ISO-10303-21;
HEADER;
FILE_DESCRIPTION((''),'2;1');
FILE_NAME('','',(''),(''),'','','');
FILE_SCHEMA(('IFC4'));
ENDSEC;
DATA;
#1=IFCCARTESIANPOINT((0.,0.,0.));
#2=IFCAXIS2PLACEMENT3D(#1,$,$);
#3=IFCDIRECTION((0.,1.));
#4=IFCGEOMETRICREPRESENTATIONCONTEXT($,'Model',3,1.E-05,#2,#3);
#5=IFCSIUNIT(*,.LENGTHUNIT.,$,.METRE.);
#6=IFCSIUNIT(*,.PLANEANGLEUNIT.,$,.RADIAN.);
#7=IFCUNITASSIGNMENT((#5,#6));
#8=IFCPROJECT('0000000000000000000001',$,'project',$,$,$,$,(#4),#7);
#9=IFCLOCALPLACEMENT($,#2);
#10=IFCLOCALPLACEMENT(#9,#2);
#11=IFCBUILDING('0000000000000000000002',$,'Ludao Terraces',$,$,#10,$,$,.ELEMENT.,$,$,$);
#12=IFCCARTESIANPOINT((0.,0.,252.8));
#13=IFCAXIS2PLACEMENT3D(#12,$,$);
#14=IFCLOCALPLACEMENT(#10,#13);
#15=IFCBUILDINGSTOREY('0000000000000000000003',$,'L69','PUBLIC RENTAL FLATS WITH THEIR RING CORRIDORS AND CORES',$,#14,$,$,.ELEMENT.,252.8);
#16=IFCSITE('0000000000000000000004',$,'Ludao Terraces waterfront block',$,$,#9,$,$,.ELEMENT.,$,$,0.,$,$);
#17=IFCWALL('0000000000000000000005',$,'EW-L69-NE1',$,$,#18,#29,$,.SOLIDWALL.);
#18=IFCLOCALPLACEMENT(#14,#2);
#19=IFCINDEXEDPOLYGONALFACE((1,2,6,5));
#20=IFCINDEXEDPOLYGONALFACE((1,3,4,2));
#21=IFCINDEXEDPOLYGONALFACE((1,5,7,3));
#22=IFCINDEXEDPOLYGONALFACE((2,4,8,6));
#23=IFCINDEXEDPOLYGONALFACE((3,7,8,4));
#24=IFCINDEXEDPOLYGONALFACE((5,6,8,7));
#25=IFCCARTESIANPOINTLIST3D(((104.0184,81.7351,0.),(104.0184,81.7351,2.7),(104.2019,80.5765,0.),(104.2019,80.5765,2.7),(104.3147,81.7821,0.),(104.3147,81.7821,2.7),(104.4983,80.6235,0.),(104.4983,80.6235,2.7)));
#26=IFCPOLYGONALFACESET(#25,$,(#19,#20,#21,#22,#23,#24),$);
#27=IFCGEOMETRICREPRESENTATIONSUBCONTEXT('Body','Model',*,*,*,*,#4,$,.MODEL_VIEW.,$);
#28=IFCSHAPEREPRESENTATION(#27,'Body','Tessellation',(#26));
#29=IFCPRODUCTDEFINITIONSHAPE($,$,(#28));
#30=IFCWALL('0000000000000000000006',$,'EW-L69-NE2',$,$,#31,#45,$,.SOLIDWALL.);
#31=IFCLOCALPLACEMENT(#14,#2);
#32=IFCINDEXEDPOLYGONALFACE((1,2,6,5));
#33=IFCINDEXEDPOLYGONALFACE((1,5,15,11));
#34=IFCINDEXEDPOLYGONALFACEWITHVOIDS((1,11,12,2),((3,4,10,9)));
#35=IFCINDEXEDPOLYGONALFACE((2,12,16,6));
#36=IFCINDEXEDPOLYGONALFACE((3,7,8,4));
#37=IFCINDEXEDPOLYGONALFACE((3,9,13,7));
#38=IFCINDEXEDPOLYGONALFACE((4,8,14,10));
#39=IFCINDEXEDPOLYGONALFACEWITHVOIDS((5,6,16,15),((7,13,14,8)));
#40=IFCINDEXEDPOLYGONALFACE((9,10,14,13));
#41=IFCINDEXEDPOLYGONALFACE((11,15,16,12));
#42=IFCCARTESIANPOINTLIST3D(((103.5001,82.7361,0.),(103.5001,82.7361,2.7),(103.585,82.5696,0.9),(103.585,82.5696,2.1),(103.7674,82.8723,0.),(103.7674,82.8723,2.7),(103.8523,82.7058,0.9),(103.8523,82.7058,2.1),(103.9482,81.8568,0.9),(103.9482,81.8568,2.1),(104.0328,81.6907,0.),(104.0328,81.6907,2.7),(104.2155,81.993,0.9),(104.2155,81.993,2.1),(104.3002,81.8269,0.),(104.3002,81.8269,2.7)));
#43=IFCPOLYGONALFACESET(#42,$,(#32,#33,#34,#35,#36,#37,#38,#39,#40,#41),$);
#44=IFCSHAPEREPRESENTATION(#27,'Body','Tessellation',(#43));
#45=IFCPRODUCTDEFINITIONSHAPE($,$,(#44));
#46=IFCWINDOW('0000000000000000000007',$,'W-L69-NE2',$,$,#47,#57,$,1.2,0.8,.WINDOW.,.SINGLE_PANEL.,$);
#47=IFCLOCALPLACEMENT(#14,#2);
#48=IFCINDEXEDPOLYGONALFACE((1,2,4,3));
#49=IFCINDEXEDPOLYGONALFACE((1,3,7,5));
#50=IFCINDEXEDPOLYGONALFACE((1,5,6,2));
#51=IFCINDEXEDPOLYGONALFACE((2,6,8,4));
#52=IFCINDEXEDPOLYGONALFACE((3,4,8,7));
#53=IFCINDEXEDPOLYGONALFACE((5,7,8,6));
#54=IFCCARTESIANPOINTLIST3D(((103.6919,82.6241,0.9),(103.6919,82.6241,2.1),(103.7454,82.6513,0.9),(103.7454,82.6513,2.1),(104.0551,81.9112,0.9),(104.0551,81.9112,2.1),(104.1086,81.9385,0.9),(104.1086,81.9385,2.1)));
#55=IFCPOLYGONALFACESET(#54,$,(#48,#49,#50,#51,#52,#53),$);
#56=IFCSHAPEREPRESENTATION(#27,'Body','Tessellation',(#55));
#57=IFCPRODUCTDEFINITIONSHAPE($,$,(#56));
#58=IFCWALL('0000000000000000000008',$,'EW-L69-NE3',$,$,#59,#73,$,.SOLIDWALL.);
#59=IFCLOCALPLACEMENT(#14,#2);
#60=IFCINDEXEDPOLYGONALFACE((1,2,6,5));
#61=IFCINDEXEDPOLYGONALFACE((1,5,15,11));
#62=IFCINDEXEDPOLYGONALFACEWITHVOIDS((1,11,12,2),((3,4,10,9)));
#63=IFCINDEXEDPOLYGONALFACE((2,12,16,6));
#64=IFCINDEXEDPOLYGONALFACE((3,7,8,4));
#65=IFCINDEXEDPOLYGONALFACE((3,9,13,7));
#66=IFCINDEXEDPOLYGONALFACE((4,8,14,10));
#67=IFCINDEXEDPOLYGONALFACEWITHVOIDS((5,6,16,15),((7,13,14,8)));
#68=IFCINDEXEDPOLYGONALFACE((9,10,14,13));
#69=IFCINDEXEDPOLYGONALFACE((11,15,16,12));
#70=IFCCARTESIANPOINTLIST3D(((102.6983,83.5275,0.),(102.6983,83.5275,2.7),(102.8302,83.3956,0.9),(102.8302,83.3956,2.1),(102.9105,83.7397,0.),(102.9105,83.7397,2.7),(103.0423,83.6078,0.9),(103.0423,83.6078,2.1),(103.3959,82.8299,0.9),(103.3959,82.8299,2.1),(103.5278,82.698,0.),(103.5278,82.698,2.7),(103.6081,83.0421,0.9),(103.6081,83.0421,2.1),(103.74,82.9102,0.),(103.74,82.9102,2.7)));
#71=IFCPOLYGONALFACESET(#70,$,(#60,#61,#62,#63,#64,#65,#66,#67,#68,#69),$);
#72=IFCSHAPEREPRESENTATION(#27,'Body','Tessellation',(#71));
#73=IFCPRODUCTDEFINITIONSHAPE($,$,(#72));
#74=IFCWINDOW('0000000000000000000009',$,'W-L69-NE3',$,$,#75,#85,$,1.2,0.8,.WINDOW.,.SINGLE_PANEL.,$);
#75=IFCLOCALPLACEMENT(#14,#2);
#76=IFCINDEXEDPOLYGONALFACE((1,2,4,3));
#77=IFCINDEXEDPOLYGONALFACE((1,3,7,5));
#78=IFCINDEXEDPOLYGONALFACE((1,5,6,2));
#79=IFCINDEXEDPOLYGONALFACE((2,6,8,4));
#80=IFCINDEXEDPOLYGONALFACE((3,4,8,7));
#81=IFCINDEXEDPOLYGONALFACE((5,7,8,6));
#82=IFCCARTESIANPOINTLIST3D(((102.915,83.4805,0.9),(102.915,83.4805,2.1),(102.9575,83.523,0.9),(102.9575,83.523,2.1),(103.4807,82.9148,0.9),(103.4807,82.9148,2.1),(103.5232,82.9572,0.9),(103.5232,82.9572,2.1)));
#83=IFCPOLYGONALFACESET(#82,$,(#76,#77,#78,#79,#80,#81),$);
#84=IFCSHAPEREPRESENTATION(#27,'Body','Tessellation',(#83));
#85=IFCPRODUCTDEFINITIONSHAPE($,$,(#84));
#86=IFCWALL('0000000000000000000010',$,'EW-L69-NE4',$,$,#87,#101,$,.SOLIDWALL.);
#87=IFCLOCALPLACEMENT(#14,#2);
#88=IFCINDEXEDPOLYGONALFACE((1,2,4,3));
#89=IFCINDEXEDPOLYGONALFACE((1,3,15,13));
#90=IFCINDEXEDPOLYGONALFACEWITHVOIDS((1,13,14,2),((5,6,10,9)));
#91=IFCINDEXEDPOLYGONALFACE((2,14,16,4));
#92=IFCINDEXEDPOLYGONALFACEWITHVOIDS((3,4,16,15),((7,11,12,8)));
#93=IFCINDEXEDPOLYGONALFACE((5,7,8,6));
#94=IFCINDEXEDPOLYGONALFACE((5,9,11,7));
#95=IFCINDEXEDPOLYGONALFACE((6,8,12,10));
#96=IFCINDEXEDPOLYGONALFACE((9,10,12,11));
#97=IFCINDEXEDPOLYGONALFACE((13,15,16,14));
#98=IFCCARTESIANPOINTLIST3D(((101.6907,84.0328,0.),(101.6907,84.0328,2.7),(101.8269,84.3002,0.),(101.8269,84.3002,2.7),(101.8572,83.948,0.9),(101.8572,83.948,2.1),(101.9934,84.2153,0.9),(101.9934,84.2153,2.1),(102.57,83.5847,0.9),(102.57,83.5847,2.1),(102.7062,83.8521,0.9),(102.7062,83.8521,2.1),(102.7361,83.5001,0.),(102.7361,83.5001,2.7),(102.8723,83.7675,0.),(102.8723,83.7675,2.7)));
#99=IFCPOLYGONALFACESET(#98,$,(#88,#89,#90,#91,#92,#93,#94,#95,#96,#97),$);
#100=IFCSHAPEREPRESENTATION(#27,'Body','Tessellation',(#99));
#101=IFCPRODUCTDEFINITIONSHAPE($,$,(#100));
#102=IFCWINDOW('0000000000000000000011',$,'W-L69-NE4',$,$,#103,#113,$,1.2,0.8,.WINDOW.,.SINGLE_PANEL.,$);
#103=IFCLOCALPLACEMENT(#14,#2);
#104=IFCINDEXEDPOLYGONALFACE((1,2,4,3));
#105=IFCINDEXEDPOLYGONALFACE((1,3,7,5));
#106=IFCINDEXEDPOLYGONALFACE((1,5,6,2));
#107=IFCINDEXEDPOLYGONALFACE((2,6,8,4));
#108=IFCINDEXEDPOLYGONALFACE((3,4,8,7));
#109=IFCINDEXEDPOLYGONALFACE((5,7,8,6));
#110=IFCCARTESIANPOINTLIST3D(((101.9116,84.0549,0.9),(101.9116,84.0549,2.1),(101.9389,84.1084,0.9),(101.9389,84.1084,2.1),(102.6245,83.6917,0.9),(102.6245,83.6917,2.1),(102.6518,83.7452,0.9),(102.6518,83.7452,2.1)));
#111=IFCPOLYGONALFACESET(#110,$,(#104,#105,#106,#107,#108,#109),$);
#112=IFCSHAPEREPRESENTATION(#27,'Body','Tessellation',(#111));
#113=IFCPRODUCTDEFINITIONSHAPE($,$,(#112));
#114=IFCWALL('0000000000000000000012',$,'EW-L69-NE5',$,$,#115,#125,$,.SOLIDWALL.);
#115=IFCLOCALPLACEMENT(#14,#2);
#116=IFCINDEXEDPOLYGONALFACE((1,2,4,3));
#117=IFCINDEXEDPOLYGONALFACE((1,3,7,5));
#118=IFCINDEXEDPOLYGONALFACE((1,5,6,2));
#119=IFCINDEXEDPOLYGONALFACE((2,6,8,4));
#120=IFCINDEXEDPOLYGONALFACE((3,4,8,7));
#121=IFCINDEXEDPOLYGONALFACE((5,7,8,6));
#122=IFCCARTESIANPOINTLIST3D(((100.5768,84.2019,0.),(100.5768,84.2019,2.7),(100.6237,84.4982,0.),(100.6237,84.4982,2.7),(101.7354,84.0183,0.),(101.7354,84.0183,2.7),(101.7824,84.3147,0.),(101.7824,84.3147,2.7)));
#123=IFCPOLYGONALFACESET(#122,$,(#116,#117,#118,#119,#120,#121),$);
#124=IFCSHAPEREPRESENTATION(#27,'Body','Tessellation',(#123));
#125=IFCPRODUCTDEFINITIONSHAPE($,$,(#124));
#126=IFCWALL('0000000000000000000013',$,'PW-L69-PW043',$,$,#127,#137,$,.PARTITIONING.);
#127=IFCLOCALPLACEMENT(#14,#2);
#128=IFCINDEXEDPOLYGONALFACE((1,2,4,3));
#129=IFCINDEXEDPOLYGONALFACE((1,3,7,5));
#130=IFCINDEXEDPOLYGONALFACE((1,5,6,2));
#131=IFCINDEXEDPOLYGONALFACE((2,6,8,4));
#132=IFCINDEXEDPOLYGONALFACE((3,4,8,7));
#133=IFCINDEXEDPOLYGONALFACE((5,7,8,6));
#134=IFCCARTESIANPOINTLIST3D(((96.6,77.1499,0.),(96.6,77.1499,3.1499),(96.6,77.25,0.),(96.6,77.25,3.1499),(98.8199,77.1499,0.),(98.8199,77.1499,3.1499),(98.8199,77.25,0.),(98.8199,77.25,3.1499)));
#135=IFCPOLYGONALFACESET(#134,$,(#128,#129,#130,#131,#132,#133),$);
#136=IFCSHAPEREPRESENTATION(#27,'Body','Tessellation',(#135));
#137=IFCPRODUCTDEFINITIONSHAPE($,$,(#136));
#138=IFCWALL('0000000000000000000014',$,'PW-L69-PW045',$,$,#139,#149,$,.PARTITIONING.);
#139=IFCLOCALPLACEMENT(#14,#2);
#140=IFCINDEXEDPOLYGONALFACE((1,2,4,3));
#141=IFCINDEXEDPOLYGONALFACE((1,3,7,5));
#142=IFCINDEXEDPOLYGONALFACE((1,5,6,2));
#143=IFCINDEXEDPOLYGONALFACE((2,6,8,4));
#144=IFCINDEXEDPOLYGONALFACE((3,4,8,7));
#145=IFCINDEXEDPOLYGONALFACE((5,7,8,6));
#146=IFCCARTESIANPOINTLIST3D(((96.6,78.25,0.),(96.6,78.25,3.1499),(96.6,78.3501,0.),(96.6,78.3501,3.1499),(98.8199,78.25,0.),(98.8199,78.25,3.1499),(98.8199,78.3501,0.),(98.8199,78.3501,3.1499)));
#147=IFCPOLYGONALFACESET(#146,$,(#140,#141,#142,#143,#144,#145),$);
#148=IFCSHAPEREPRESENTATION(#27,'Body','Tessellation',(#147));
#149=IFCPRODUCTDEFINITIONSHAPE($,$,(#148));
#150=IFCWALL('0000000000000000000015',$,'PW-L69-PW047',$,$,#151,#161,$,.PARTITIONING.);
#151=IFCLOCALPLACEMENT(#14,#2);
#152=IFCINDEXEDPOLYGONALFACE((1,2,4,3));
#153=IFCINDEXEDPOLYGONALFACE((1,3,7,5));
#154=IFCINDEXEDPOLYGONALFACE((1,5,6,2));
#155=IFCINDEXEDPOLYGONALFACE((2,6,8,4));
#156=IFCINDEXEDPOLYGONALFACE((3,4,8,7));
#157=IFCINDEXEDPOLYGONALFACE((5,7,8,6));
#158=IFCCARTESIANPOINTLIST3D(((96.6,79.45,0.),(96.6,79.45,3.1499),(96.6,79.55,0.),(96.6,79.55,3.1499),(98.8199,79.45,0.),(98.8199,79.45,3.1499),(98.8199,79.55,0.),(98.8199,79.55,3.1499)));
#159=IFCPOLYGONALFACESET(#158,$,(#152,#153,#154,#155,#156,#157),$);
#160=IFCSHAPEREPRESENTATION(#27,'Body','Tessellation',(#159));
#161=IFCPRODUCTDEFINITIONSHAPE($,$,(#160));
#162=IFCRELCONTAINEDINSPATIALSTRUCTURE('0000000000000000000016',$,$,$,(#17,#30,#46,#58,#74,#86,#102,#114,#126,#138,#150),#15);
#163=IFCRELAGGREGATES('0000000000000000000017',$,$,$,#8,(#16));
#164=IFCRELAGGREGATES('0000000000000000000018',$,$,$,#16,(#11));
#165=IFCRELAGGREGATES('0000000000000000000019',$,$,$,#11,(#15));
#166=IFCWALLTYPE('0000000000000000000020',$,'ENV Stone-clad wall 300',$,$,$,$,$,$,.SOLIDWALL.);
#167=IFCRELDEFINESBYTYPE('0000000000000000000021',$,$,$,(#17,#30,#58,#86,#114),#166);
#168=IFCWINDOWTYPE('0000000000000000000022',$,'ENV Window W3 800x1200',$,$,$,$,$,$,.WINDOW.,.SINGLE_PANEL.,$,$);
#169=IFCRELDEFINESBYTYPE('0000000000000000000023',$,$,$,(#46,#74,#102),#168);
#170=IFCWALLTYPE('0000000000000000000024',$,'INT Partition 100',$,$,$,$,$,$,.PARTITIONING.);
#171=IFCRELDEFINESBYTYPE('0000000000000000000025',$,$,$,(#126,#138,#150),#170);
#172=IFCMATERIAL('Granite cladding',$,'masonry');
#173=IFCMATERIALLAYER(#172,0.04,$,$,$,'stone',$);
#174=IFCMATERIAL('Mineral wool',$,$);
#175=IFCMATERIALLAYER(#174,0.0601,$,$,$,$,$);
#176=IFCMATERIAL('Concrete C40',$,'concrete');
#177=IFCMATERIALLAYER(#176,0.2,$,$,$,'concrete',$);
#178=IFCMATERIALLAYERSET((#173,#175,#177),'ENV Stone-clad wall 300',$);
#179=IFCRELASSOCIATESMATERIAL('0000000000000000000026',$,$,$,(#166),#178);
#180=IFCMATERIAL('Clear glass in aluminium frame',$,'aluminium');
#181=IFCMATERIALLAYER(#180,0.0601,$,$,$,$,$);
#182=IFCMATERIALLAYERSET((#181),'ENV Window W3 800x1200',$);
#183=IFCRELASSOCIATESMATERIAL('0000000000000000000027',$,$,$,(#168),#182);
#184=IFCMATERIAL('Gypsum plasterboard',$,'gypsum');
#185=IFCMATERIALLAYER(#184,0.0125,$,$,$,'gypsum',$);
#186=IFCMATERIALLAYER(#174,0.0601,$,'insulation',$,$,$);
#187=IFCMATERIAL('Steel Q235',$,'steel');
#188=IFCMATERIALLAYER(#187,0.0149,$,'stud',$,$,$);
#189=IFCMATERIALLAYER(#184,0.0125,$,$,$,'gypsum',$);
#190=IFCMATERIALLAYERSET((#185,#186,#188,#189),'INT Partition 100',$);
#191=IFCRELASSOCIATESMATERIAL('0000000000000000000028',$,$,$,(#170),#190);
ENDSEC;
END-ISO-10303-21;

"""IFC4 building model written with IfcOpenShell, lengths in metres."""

from ifc_helpers import new_model, si_unit, direction, frame, frame_2d, origin, place, context, subcontext, project, spatial, rectangle, extrude, material, layer, layer_set, type_object, element, fill, save


model = new_model("IFC4")

# Units and contexts
model_context = context("Model", 3, precision=1e-05, world=origin(), true_north=direction((0.0, 1.0)))
body_context = subcontext(model_context, "Body", "Model", "MODEL_VIEW")
ifc_project = project(units=[si_unit("LENGTHUNIT", "METRE"), si_unit("PLANEANGLEUNIT", "RADIAN")], contexts=[model_context])

# Site, building, storey
site_placement = place(None, origin())
site = spatial("IfcSite", under=ifc_project, at=site_placement, Name="Ludao Terraces waterfront block", CompositionType="ELEMENT", RefElevation=0.0)
building_placement = place(site_placement, origin())
building = spatial("IfcBuilding", under=site, at=building_placement, Name="Ludao Terraces", CompositionType="ELEMENT")
storey_placement = place(building_placement, frame((0.0, 0.0, 252.8)))
storey = spatial("IfcBuildingStorey", under=building, at=storey_placement, Name="L69", Description="PUBLIC RENTAL FLATS WITH THEIR RING CORRIDORS AND CORES", CompositionType="ELEMENT", Elevation=252.8)

# Shared definitions
ifc_material_1 = material(Name="Concrete C40", Category="concrete")

# Shared definitions
ifc_material_2 = material(Name="Steel Q235", Category="steel")

# Shared definitions
ifc_material_3 = material(Name="Granite cladding", Category="masonry")
ifc_layer_1 = layer(ifc_material_3, 0.04, Category="stone")
ifc_material_4 = material(Name="Mineral wool")
ifc_layer_2 = layer(ifc_material_4, 0.0601)
ifc_layer_3 = layer(ifc_material_1, 0.2, Category="concrete")
ifc_layer_set_1 = layer_set([ifc_layer_1, ifc_layer_2, ifc_layer_3], Name="ENV Stone-clad wall 300")
wall_type_1 = type_object("IfcWallType", Name="ENV Stone-clad wall 300", PredefinedType="SOLIDWALL", material=ifc_layer_set_1)
ifc_material_5 = material(Name="Clear glass in aluminium frame", Category="aluminium")

# Wall
wall_1_placement = place(storey_placement, frame((104.3501, 80.6001, 0.0), z_axis=(0.0, 0.0, 1.0), x_axis=(-0.156497, 0.987678, 0.0)))
element("IfcWall", 1, at=wall_1_placement, inside=storey, type_object=wall_type_1, Name="EW-L69-NE1", PredefinedType="SOLIDWALL", context=body_context, shape_type="SweptSolid", body=[
    extrude(rectangle(XDim=1.1731, YDim=0.3, at=frame_2d((0.5864, 0.0))), origin(), (0.0, 0.0, 1.0), 2.7),
])

# Walls, openings, windows
wall_2_placement = place(storey_placement, frame((104.1665, 81.7588, 0.0), z_axis=(0.0, 0.0, 1.0), x_axis=(-0.454026, 0.890989, 0.0)))
wall_2 = element("IfcWall", 2, at=wall_2_placement, inside=storey, type_object=wall_type_1, Name="EW-L69-NE2", PredefinedType="SOLIDWALL", context=body_context, shape_type="SweptSolid", body=[
    extrude(rectangle(XDim=1.1733, YDim=0.3, at=frame_2d((0.5867, 0.0))), origin(), (0.0, 0.0, 1.0), 2.7),
])
opening_1_placement = place(wall_2_placement, frame((0.1865, 0.0, 0.8999)))
opening_1 = element("IfcOpeningElement", 3, at=opening_1_placement, cuts=wall_2, PredefinedType="OPENING", context=body_context, shape_type="SweptSolid", body=[
    extrude(rectangle(XDim=0.8, YDim=1.2, at=frame_2d((0.3999, 0.6001))), frame((0.0, 0.1602, 0.0), z_axis=(0.0, -1.0, 0.0), x_axis=(1.0, 0.0, 0.0)), (0.0, 0.0, 1.0), 0.3201),
])
ifc_layer_4 = layer(ifc_material_5, 0.0601)
ifc_layer_set_2 = layer_set([ifc_layer_4], Name="ENV Window W3 800x1200")
window_type_1 = type_object("IfcWindowType", Name="ENV Window W3 800x1200", PartitioningType="SINGLE_PANEL", PredefinedType="WINDOW", material=ifc_layer_set_2)
window_1_placement = place(opening_1_placement, origin())
window_1 = element("IfcWindow", 4, at=window_1_placement, inside=storey, type_object=window_type_1, Name="W-L69-NE2", OverallHeight=1.2, OverallWidth=0.8, PartitioningType="SINGLE_PANEL", PredefinedType="WINDOW", context=body_context, shape_type="SweptSolid", body=[
    extrude(rectangle(XDim=0.8, YDim=1.2, at=frame_2d((0.3999, 0.6001))), frame((0.0, 0.03, 0.0), z_axis=(0.0, -1.0, 0.0), x_axis=(1.0, 0.0, 0.0)), (0.0, 0.0, 1.0), 0.0601),
])
fill(opening_1, window_1)
wall_3_placement = place(storey_placement, frame((103.6338, 82.8042, 0.0), z_axis=(0.0, 0.0, 1.0), x_axis=(-0.707107, 0.707107, 0.0)))
wall_3 = element("IfcWall", 5, at=wall_3_placement, inside=storey, type_object=wall_type_1, Name="EW-L69-NE3", PredefinedType="SOLIDWALL", context=body_context, shape_type="SweptSolid", body=[
    extrude(rectangle(XDim=1.1731, YDim=0.3, at=frame_2d((0.5864, 0.0))), origin(), (0.0, 0.0, 1.0), 2.7),
])
opening_2_placement = place(wall_3_placement, frame((0.1865, 0.0, 0.8999)))
opening_2 = element("IfcOpeningElement", 6, at=opening_2_placement, cuts=wall_3, PredefinedType="OPENING", context=body_context, shape_type="SweptSolid", body=[
    extrude(rectangle(XDim=0.8, YDim=1.2, at=frame_2d((0.3999, 0.6001))), frame((0.0, 0.1602, 0.0), z_axis=(0.0, -1.0, 0.0), x_axis=(1.0, 0.0, 0.0)), (0.0, 0.0, 1.0), 0.3201),
])
window_2_placement = place(opening_2_placement, origin())
window_2 = element("IfcWindow", 7, at=window_2_placement, inside=storey, type_object=window_type_1, Name="W-L69-NE3", OverallHeight=1.2, OverallWidth=0.8, PartitioningType="SINGLE_PANEL", PredefinedType="WINDOW", context=body_context, shape_type="SweptSolid", body=[
    extrude(rectangle(XDim=0.8, YDim=1.2, at=frame_2d((0.3999, 0.6001))), frame((0.0, 0.03, 0.0), z_axis=(0.0, -1.0, 0.0), x_axis=(1.0, 0.0, 0.0)), (0.0, 0.0, 1.0), 0.0601),
])
fill(opening_2, window_2)
wall_4_placement = place(storey_placement, frame((102.8042, 83.6338, 0.0), z_axis=(0.0, 0.0, 1.0), x_axis=(-0.890989, 0.454026, 0.0)))
wall_4 = element("IfcWall", 8, at=wall_4_placement, inside=storey, type_object=wall_type_1, Name="EW-L69-NE4", PredefinedType="SOLIDWALL", context=body_context, shape_type="SweptSolid", body=[
    extrude(rectangle(XDim=1.1733, YDim=0.3, at=frame_2d((0.5867, 0.0))), origin(), (0.0, 0.0, 1.0), 2.7),
])
opening_3_placement = place(wall_4_placement, frame((0.1865, 0.0, 0.8999)))
opening_3 = element("IfcOpeningElement", 9, at=opening_3_placement, cuts=wall_4, PredefinedType="OPENING", context=body_context, shape_type="SweptSolid", body=[
    extrude(rectangle(XDim=0.8, YDim=1.2, at=frame_2d((0.3999, 0.6001))), frame((0.0, 0.1602, 0.0), z_axis=(0.0, -1.0, 0.0), x_axis=(1.0, 0.0, 0.0)), (0.0, 0.0, 1.0), 0.3201),
])
window_3_placement = place(opening_3_placement, origin())
window_3 = element("IfcWindow", 10, at=window_3_placement, inside=storey, type_object=window_type_1, Name="W-L69-NE4", OverallHeight=1.2, OverallWidth=0.8, PartitioningType="SINGLE_PANEL", PredefinedType="WINDOW", context=body_context, shape_type="SweptSolid", body=[
    extrude(rectangle(XDim=0.8, YDim=1.2, at=frame_2d((0.3999, 0.6001))), frame((0.0, 0.03, 0.0), z_axis=(0.0, -1.0, 0.0), x_axis=(1.0, 0.0, 0.0)), (0.0, 0.0, 1.0), 0.0601),
])
fill(opening_3, window_3)

# Walls
wall_5_placement = place(storey_placement, frame((101.7588, 84.1665, 0.0), z_axis=(0.0, 0.0, 1.0), x_axis=(-0.987678, 0.156497, 0.0)))
element("IfcWall", 11, at=wall_5_placement, inside=storey, type_object=wall_type_1, Name="EW-L69-NE5", PredefinedType="SOLIDWALL", context=body_context, shape_type="SweptSolid", body=[
    extrude(rectangle(XDim=1.1731, YDim=0.3, at=frame_2d((0.5864, 0.0))), origin(), (0.0, 0.0, 1.0), 2.7),
])
ifc_material_6 = material(Name="Gypsum plasterboard", Category="gypsum")
ifc_layer_5 = layer(ifc_material_6, 0.0125, Category="gypsum")
ifc_layer_6 = layer(ifc_material_4, 0.0601, Name="insulation")
ifc_layer_7 = layer(ifc_material_2, 0.0149, Name="stud")
ifc_layer_8 = layer(ifc_material_6, 0.0125, Category="gypsum")
ifc_layer_set_3 = layer_set([ifc_layer_5, ifc_layer_6, ifc_layer_7, ifc_layer_8], Name="INT Partition 100")
wall_type_2 = type_object("IfcWallType", Name="INT Partition 100", PredefinedType="PARTITIONING", material=ifc_layer_set_3)
for number, where, z_axis, x_axis, name in (
    (12, (96.6001, 77.2, 0.0), (0.0, 0.0, 1.0), (1.0, 0.0, 0.0), "PW-L69-PW043"),
    (13, (96.6001, 78.3, 0.0), (0.0, 0.0, 1.0), (1.0, 0.0, 0.0), "PW-L69-PW045"),
    (14, (96.6001, 79.5, 0.0), (0.0, 0.0, 1.0), (1.0, 0.0, 0.0), "PW-L69-PW047"),
):
    element("IfcWall", number, at=place(storey_placement, frame(where, z_axis=z_axis, x_axis=x_axis)), inside=storey, type_object=wall_type_2, Name=name, PredefinedType="PARTITIONING", context=body_context, shape_type="SweptSolid", body=[
        extrude(rectangle(XDim=2.22, YDim=0.1001, at=frame_2d((1.1099, 0.0))), origin(), (0.0, 0.0, 1.0), 3.1499),
    ])

save(model, "model.ifc")
